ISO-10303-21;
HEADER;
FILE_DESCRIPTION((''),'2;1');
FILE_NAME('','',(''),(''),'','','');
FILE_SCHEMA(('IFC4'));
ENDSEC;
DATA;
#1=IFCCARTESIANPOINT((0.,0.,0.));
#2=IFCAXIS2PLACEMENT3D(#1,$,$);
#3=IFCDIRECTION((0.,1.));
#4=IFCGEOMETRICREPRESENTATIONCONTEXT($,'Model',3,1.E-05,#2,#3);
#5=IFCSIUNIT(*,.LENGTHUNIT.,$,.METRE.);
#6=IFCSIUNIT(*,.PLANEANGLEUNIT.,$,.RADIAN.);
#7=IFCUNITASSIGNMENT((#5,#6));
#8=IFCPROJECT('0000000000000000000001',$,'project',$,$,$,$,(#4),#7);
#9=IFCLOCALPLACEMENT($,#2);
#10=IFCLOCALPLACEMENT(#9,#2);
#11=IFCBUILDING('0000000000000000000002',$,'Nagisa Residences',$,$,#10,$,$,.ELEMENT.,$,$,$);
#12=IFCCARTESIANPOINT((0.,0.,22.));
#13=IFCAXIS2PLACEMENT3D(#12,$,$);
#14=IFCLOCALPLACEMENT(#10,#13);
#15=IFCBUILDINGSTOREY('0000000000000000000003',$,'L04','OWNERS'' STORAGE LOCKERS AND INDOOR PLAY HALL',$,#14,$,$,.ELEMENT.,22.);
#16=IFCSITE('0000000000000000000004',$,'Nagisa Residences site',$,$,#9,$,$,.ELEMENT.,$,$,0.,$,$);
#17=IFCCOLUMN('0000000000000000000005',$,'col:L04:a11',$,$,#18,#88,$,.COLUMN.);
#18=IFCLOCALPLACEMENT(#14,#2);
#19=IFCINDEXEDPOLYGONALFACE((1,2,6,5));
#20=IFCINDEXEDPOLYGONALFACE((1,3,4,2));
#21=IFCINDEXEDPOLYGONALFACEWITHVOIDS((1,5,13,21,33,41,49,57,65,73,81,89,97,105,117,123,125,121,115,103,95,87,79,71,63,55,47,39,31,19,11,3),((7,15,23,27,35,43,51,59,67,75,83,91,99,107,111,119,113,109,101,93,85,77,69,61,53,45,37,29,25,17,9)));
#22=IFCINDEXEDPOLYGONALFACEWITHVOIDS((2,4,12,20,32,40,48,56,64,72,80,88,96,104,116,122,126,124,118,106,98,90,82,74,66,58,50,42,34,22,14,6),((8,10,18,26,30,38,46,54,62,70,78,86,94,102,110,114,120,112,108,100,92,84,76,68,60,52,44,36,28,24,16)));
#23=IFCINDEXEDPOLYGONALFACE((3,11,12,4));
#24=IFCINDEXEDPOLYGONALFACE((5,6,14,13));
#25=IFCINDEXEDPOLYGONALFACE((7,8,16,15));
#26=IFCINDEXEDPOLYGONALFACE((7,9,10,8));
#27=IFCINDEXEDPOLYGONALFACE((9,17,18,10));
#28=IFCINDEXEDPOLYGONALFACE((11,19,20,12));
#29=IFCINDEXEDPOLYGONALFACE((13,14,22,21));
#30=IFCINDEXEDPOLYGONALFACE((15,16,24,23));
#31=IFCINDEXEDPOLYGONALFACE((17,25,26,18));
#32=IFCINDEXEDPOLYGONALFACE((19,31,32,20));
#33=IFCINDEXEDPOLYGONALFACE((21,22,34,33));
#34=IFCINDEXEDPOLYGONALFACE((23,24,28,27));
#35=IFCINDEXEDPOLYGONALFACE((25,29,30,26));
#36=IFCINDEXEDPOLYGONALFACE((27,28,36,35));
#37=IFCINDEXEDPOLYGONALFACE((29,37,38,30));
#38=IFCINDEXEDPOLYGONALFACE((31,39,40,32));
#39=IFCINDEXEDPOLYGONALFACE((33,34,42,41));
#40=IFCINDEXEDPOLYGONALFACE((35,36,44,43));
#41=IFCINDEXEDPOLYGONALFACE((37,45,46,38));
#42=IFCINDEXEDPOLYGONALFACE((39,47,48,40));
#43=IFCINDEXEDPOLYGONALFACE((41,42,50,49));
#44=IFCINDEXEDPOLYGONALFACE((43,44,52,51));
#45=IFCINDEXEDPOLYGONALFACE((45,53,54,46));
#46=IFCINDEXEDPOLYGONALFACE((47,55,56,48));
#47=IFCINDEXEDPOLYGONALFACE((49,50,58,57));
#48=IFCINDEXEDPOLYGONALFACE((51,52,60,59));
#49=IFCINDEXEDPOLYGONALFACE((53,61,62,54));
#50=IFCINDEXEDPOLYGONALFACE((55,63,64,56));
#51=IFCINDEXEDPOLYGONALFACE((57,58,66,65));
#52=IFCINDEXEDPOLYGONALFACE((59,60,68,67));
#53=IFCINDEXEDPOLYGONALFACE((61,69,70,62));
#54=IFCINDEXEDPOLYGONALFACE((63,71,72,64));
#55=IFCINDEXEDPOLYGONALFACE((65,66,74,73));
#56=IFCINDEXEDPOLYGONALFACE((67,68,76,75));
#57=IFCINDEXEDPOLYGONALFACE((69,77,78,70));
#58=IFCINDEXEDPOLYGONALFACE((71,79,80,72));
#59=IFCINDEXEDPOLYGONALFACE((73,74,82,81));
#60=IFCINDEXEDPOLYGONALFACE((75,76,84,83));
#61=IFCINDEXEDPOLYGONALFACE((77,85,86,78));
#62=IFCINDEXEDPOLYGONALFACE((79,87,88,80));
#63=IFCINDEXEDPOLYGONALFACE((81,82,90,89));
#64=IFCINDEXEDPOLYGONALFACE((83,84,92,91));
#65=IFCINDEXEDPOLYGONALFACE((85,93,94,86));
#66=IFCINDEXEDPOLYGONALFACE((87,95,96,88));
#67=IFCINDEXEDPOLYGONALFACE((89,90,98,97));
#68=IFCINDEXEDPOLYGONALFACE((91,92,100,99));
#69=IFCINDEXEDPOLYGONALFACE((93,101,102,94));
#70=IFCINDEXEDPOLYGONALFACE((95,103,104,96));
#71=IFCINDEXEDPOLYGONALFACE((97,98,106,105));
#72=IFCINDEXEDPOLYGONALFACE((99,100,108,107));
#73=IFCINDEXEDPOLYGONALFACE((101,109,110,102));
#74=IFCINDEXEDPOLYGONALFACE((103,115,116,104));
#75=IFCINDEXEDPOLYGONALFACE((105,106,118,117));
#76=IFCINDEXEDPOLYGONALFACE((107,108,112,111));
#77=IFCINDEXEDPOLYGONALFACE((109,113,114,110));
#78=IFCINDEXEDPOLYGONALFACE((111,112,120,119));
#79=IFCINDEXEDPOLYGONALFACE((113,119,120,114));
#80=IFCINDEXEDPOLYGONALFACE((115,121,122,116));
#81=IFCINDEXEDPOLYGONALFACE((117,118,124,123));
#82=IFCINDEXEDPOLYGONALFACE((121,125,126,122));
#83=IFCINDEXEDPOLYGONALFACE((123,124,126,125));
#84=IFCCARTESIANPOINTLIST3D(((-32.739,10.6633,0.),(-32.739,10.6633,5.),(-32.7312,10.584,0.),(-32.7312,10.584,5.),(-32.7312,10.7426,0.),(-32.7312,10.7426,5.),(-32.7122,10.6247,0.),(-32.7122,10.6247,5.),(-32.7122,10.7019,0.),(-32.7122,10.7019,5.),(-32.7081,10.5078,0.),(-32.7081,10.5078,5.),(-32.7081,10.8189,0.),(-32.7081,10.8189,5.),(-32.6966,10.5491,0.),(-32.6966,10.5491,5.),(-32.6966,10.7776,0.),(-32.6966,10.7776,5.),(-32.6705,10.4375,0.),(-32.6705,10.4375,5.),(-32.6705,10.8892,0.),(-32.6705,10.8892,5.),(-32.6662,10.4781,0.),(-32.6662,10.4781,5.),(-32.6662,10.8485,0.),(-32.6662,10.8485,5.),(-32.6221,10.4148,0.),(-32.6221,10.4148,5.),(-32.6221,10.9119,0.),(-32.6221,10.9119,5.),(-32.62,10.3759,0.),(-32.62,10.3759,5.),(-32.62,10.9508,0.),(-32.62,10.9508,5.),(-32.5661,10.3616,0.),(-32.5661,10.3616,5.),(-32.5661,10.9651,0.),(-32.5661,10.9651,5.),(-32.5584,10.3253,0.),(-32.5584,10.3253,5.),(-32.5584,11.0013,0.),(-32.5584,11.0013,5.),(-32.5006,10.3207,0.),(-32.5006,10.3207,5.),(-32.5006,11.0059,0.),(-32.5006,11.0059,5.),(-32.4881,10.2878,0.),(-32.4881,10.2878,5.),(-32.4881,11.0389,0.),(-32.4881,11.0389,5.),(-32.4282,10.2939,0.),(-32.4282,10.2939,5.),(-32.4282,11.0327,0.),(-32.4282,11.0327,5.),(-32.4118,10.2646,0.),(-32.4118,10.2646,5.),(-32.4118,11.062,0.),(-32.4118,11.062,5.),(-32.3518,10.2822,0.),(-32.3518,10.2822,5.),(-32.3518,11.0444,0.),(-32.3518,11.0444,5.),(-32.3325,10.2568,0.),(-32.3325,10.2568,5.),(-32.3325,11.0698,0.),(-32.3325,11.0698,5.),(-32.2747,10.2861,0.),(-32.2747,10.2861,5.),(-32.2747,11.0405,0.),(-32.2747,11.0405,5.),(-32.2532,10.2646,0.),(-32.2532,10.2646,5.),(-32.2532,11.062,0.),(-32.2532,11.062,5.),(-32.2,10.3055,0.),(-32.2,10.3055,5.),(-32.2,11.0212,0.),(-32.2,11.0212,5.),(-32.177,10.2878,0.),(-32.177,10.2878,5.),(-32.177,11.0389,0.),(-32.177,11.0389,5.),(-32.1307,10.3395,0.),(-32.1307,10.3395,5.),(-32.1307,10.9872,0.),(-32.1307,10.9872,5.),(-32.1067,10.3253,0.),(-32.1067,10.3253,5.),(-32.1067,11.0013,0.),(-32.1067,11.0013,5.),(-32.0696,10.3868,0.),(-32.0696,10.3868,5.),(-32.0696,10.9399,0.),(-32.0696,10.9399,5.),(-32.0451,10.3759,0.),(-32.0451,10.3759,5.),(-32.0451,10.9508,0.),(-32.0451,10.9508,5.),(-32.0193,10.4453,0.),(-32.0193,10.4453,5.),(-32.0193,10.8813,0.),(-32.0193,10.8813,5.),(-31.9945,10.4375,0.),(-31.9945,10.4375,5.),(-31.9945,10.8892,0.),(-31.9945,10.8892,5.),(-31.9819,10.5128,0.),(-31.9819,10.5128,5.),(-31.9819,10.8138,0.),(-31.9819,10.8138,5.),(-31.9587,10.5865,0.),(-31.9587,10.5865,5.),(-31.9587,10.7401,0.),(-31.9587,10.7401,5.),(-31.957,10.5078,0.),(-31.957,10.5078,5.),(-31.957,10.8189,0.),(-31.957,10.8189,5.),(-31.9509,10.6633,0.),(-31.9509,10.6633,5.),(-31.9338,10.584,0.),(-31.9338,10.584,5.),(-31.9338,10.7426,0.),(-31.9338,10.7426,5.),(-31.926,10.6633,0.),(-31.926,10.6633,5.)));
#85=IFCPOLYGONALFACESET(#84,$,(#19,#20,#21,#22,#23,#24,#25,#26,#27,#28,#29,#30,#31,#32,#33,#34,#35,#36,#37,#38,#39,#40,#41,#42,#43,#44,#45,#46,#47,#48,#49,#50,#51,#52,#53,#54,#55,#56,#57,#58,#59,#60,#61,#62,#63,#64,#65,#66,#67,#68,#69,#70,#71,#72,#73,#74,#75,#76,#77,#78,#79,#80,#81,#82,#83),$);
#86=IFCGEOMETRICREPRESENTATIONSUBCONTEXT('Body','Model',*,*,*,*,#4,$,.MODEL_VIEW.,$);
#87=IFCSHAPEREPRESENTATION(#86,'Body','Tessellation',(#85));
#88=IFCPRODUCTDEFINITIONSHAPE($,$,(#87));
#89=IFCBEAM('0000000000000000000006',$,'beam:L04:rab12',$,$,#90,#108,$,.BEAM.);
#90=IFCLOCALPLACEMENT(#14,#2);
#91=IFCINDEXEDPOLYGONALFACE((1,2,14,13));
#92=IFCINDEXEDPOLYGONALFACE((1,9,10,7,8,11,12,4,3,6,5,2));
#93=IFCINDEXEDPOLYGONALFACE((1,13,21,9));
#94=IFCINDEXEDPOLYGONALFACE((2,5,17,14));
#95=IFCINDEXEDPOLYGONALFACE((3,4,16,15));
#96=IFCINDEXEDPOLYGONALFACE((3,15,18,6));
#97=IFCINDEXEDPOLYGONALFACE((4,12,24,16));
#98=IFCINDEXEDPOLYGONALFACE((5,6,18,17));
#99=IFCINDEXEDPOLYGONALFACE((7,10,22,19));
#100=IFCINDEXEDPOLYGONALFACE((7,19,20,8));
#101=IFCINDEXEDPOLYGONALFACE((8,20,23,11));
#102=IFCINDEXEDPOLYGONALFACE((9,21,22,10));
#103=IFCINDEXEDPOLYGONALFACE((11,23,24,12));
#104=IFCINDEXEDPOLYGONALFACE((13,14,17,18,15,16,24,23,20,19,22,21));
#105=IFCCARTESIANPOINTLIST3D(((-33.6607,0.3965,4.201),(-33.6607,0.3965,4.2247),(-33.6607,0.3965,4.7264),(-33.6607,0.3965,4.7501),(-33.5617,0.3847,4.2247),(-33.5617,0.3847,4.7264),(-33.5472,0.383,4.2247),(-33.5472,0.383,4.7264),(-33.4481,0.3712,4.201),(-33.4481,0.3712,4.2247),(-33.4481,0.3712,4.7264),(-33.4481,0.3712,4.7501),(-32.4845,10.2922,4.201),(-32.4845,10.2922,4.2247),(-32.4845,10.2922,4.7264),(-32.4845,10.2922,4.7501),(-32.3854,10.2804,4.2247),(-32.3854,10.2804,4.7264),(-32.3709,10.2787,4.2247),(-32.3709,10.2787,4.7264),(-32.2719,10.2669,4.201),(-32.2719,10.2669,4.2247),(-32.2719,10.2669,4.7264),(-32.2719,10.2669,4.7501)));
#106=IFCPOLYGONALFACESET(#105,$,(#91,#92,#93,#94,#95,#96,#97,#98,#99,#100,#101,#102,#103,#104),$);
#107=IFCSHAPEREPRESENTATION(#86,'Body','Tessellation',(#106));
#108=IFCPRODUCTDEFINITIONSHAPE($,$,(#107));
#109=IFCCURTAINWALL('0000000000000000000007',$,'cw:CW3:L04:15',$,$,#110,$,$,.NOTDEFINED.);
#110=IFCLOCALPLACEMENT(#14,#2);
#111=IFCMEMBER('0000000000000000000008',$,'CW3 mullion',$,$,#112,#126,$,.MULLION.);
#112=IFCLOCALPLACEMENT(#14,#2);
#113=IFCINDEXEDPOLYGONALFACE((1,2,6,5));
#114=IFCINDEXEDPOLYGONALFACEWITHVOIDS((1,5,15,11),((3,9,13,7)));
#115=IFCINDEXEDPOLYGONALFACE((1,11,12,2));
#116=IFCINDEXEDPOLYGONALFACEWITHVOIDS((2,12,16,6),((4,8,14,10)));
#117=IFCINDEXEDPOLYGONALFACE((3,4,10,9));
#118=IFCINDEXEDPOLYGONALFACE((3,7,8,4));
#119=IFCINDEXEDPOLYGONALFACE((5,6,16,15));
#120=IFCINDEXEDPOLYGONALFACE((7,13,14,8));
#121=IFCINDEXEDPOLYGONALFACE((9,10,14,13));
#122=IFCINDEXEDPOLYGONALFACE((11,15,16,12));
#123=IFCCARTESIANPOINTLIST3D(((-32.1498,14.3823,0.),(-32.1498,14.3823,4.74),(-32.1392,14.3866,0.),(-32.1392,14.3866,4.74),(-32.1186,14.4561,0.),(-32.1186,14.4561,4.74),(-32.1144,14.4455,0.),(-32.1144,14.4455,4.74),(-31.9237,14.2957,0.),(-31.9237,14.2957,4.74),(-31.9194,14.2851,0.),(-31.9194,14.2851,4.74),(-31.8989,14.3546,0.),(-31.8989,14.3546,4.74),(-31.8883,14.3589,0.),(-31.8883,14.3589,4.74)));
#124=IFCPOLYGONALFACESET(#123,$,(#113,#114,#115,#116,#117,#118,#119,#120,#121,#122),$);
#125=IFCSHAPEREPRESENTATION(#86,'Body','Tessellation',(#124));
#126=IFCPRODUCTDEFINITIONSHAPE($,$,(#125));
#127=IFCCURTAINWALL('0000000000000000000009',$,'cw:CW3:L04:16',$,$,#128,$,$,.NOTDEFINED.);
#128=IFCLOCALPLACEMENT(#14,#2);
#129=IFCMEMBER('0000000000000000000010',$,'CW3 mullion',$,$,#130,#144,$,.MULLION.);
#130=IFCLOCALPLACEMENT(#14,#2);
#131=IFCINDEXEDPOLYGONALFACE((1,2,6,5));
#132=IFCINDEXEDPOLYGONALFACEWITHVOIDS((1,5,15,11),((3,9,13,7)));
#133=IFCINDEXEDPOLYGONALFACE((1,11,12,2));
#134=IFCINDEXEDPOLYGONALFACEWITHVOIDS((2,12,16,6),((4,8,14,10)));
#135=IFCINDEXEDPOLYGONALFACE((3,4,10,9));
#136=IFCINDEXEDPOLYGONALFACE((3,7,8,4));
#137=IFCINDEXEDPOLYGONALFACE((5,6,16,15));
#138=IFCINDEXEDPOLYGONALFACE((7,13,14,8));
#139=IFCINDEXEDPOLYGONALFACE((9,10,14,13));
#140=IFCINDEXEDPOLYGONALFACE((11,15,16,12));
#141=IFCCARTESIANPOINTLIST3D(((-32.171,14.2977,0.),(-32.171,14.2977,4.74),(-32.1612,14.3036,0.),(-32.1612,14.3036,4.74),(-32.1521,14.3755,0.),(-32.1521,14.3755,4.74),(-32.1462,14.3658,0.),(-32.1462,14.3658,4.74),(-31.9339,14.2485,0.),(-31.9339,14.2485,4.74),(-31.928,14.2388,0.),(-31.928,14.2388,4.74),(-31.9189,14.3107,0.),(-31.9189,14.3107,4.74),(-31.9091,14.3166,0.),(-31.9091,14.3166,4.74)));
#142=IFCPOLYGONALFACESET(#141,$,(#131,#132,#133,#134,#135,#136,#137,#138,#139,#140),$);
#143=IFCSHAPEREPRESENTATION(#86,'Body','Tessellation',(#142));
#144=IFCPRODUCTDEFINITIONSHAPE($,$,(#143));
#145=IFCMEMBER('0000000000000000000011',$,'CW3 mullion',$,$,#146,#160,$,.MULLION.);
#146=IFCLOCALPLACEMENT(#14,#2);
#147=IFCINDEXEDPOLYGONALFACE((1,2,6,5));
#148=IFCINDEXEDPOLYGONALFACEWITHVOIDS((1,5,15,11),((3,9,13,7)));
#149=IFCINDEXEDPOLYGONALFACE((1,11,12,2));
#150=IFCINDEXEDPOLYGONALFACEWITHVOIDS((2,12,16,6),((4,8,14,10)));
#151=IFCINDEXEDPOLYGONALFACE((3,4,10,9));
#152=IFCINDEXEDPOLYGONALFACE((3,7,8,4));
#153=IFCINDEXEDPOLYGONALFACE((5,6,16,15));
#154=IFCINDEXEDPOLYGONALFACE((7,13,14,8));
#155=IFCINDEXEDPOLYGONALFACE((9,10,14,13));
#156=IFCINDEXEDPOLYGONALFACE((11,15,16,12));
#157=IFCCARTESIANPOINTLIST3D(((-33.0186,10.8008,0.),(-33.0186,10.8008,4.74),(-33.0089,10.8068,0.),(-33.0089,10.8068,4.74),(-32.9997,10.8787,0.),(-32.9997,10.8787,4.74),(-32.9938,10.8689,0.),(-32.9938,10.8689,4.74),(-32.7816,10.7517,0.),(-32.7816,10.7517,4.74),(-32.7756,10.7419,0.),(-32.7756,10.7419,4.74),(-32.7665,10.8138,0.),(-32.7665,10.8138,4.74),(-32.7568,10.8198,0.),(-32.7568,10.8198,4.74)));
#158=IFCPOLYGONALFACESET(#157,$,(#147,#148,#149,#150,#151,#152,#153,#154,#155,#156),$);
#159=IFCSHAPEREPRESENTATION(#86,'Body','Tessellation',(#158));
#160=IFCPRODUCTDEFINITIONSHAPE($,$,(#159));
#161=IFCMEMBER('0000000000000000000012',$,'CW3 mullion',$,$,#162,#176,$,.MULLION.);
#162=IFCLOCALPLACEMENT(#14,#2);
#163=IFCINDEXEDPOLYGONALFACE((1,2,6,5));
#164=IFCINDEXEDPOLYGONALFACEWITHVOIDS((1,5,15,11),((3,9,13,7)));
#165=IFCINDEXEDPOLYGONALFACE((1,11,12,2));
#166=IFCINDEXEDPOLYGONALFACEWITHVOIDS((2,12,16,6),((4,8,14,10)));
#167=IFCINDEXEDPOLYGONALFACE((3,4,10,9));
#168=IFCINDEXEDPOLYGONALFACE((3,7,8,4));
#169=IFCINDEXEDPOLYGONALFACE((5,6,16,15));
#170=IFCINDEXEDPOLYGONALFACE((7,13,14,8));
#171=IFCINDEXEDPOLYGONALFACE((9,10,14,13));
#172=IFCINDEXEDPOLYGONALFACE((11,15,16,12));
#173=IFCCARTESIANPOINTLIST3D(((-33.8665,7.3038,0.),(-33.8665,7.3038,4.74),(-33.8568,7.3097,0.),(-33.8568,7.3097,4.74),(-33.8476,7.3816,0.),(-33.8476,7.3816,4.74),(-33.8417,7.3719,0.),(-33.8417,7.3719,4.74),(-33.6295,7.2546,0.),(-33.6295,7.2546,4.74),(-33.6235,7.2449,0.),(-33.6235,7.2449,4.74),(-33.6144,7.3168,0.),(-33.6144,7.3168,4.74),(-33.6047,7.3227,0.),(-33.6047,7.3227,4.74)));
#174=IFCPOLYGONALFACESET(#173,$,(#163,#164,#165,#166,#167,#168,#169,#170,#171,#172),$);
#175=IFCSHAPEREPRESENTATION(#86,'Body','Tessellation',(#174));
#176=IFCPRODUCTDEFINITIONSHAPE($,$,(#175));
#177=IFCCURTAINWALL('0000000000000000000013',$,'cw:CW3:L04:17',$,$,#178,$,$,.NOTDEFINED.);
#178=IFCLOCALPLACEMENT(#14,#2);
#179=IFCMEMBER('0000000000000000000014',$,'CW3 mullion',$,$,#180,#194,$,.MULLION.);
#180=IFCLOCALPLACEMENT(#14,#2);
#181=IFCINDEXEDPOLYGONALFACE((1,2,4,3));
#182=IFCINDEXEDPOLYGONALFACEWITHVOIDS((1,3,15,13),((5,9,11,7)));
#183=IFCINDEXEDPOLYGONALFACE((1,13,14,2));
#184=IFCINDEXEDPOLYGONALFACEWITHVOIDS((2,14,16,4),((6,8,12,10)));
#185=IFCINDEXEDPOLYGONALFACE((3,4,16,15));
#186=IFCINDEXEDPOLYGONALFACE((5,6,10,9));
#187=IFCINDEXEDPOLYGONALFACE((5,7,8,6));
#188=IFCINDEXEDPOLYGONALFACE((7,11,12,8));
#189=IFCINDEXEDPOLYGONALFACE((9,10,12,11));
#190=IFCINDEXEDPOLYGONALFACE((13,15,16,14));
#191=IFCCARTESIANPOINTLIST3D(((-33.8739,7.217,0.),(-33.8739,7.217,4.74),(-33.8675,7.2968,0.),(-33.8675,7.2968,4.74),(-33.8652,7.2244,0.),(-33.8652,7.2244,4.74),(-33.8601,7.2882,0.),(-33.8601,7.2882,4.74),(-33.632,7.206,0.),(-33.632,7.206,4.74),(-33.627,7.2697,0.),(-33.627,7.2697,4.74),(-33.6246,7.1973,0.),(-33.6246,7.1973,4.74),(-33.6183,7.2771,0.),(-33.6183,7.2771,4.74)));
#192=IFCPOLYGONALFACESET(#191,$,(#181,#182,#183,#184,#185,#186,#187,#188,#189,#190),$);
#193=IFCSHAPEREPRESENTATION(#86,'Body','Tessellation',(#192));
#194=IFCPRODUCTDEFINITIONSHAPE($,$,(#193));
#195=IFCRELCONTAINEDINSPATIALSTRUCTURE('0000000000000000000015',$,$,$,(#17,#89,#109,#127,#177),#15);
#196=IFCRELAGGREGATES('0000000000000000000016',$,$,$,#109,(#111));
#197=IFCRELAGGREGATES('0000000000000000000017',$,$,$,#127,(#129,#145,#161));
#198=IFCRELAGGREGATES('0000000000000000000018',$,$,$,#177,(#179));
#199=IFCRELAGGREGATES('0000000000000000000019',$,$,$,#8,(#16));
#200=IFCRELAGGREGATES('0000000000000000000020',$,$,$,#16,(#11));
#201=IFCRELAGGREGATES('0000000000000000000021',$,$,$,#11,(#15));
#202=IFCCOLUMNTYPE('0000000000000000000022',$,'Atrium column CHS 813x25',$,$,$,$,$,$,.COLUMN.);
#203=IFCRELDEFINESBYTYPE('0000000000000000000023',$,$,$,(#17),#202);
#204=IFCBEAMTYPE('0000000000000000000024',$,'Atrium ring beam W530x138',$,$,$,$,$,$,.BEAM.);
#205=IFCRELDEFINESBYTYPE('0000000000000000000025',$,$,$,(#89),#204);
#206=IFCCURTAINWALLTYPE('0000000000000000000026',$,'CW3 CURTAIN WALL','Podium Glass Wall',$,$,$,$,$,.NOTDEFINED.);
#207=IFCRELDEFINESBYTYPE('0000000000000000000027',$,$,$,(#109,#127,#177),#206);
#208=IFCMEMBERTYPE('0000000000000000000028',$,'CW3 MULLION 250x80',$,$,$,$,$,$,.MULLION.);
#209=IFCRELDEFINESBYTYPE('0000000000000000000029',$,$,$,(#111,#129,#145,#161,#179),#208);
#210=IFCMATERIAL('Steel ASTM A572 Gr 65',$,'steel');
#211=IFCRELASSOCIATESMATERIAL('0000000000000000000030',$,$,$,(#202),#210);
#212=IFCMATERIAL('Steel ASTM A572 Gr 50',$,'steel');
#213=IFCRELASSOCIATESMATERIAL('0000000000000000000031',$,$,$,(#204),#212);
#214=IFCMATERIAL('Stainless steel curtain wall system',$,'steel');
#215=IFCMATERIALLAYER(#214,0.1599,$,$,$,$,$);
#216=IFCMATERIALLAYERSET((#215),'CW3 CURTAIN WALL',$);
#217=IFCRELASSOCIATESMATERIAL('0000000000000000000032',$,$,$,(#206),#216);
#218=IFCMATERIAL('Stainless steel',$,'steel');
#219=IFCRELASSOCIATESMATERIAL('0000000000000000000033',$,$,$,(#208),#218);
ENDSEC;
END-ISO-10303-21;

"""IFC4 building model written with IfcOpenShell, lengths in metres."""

from ifc_helpers import new_model, si_unit, direction, frame, origin, origin_2d, place, context, subcontext, project, spatial, hollow_rectangle, hollow_circle, i_section, extrude, material, layer, layer_set, material_profile, profile_set, type_object, element, aggregate, save


model = new_model("IFC4")

# Units and contexts
model_context = context("Model", 3, precision=1e-05, world=origin(), true_north=direction((0.0, 1.0)))
body_context = subcontext(model_context, "Body", "Model", "MODEL_VIEW")
ifc_project = project(units=[si_unit("LENGTHUNIT", "METRE"), si_unit("PLANEANGLEUNIT", "RADIAN")], contexts=[model_context])

# Site, building, storey
site_placement = place(None, origin())
site = spatial("IfcSite", under=ifc_project, at=site_placement, Name="Nagisa Residences site", CompositionType="ELEMENT", RefElevation=0.0)
building_placement = place(site_placement, origin())
building = spatial("IfcBuilding", under=site, at=building_placement, Name="Nagisa Residences", CompositionType="ELEMENT")
storey_placement = place(building_placement, frame((0.0, 0.0, 22.0)))
storey = spatial("IfcBuildingStorey", under=building, at=storey_placement, Name="L04", Description="OWNERS' STORAGE LOCKERS AND INDOOR PLAY HALL", CompositionType="ELEMENT", Elevation=22.0)

# Column
ifc_material_1 = material(Name="Steel ASTM A572 Gr 65", Category="steel")
ifc_material_profile_1 = material_profile(ifc_material_1, hollow_circle(Radius=0.4065, WallThickness=0.0249, at=origin_2d()), Name="CHS 813x25")
ifc_profile_set_1 = profile_set([ifc_material_profile_1], Name="Steel ASTM A572 Gr 65")
column_type = type_object("IfcColumnType", Name="Atrium column CHS 813x25", PredefinedType="COLUMN", material=ifc_profile_set_1)
column_placement = place(storey_placement, frame((-32.3325, 10.6633, 0.0), z_axis=(0.0, 0.0, 1.0), x_axis=(1.0, 0.0, 0.0)))
element("IfcColumn", 1, at=column_placement, inside=storey, type_object=column_type, Name="col:L04:a11", PredefinedType="COLUMN", context=body_context, shape_type="SweptSolid", body=[
    extrude(hollow_circle(Radius=0.4065, WallThickness=0.0249, at=origin_2d()), origin(), (0.0, 0.0, 1.0), 5.0),
])

# Beam
ifc_material_2 = material(Name="Steel ASTM A572 Gr 50", Category="steel")
ifc_material_profile_2 = material_profile(ifc_material_2, i_section(OverallWidth=0.2141, OverallDepth=0.5491, WebThickness=0.0146, FlangeThickness=0.0237, at=origin_2d()), Name="W530x138")
ifc_profile_set_2 = profile_set([ifc_material_profile_2], Name="Steel ASTM A572 Gr 50")
beam_type = type_object("IfcBeamType", Name="Atrium ring beam W530x138", PredefinedType="BEAM", material=ifc_profile_set_2)
beam_placement = place(storey_placement, frame((-32.3782, 10.2795, 4.4756), z_axis=(-0.118035, -0.993009, 0.0), x_axis=(0.993009, -0.118035, 0.0)))
element("IfcBeam", 2, at=beam_placement, inside=storey, type_object=beam_type, Name="beam:L04:rab12", PredefinedType="BEAM", context=body_context, shape_type="SweptSolid", body=[
    extrude(i_section(OverallWidth=0.2141, OverallDepth=0.5491, WebThickness=0.0146, FlangeThickness=0.0237, at=origin_2d()), origin(), (0.0, 0.0, 1.0), 9.9653),
])

# Curtain wall, member
ifc_material_3 = material(Name="Stainless steel curtain wall system", Category="steel")
ifc_layer_1 = layer(ifc_material_3, 0.1599)
ifc_layer_set_1 = layer_set([ifc_layer_1], Name="CW3 CURTAIN WALL")
curtain_wall_type = type_object("IfcCurtainWallType", Name="CW3 CURTAIN WALL", Description="Podium Glass Wall", PredefinedType="NOTDEFINED", material=ifc_layer_set_1)
curtain_wall_1_placement = place(storey_placement, origin())
curtain_wall_1 = element("IfcCurtainWall", 3, at=curtain_wall_1_placement, inside=storey, type_object=curtain_wall_type, Name="cw:CW3:L04:15", PredefinedType="NOTDEFINED")
ifc_material_4 = material(Name="Stainless steel", Category="steel")
ifc_material_profile_3 = material_profile(ifc_material_4, hollow_rectangle(XDim=0.25, YDim=0.0801, WallThickness=0.0081, at=origin_2d()), Name="CW3 MULLION 250x80")
ifc_profile_set_3 = profile_set([ifc_material_profile_3], Name="Stainless steel")
member_type_1 = type_object("IfcMemberType", Name="CW3 MULLION 250x80", PredefinedType="MULLION", material=ifc_profile_set_3)
member_1_placement = place(storey_placement, frame((-32.019, 14.3706, 0.0), z_axis=(0.0, 0.0, 1.0), x_axis=(0.921357, -0.388718, 0.0)))
member_1 = element("IfcMember", 4, at=member_1_placement, type_object=member_type_1, Name="CW3 mullion", PredefinedType="MULLION", context=body_context, shape_type="SweptSolid", body=[
    extrude(hollow_rectangle(XDim=0.25, YDim=0.0801, WallThickness=0.0081, at=origin_2d()), origin(), (0.0, 0.0, 1.0), 4.74),
])
aggregate(curtain_wall_1, [member_1])

# Curtain walls, members
curtain_wall_2_placement = place(storey_placement, origin())
curtain_wall_2 = element("IfcCurtainWall", 5, at=curtain_wall_2_placement, inside=storey, type_object=curtain_wall_type, Name="cw:CW3:L04:16", PredefinedType="NOTDEFINED")
member_2_placement = place(storey_placement, frame((-32.04, 14.3071, 0.0), z_axis=(0.0, 0.0, 1.0), x_axis=(0.971849, -0.235606, 0.0)))
member_2 = element("IfcMember", 6, at=member_2_placement, type_object=member_type_1, Name="CW3 mullion", PredefinedType="MULLION", context=body_context, shape_type="SweptSolid", body=[
    extrude(hollow_rectangle(XDim=0.25, YDim=0.0801, WallThickness=0.0081, at=origin_2d()), origin(), (0.0, 0.0, 1.0), 4.74),
])
member_3_placement = place(storey_placement, frame((-32.8877, 10.8103, 0.0), z_axis=(0.0, 0.0, 1.0), x_axis=(0.971849, -0.235606, 0.0)))
member_3 = element("IfcMember", 7, at=member_3_placement, type_object=member_type_1, Name="CW3 mullion", PredefinedType="MULLION", context=body_context, shape_type="SweptSolid", body=[
    extrude(hollow_rectangle(XDim=0.25, YDim=0.0801, WallThickness=0.0081, at=origin_2d()), origin(), (0.0, 0.0, 1.0), 4.74),
])
member_4_placement = place(storey_placement, frame((-33.7356, 7.3132, 0.0), z_axis=(0.0, 0.0, 1.0), x_axis=(0.971849, -0.235606, 0.0)))
member_4 = element("IfcMember", 8, at=member_4_placement, type_object=member_type_1, Name="CW3 mullion", PredefinedType="MULLION", context=body_context, shape_type="SweptSolid", body=[
    extrude(hollow_rectangle(XDim=0.25, YDim=0.0801, WallThickness=0.0081, at=origin_2d()), origin(), (0.0, 0.0, 1.0), 4.74),
])
curtain_wall_3_placement = place(storey_placement, origin())
curtain_wall_3 = element("IfcCurtainWall", 9, at=curtain_wall_3_placement, inside=storey, type_object=curtain_wall_type, Name="cw:CW3:L04:17", PredefinedType="NOTDEFINED")
member_5_placement = place(storey_placement, frame((-33.7461, 7.2471, 0.0), z_axis=(0.0, 0.0, 1.0), x_axis=(0.996882, -0.07891, 0.0)))
member_5 = element("IfcMember", 10, at=member_5_placement, type_object=member_type_1, Name="CW3 mullion", PredefinedType="MULLION", context=body_context, shape_type="SweptSolid", body=[
    extrude(hollow_rectangle(XDim=0.25, YDim=0.0801, WallThickness=0.0081, at=origin_2d()), origin(), (0.0, 0.0, 1.0), 4.74),
])

aggregate(curtain_wall_2, [member_2, member_3, member_4])
aggregate(curtain_wall_3, [member_5])

save(model, "model.ifc")
